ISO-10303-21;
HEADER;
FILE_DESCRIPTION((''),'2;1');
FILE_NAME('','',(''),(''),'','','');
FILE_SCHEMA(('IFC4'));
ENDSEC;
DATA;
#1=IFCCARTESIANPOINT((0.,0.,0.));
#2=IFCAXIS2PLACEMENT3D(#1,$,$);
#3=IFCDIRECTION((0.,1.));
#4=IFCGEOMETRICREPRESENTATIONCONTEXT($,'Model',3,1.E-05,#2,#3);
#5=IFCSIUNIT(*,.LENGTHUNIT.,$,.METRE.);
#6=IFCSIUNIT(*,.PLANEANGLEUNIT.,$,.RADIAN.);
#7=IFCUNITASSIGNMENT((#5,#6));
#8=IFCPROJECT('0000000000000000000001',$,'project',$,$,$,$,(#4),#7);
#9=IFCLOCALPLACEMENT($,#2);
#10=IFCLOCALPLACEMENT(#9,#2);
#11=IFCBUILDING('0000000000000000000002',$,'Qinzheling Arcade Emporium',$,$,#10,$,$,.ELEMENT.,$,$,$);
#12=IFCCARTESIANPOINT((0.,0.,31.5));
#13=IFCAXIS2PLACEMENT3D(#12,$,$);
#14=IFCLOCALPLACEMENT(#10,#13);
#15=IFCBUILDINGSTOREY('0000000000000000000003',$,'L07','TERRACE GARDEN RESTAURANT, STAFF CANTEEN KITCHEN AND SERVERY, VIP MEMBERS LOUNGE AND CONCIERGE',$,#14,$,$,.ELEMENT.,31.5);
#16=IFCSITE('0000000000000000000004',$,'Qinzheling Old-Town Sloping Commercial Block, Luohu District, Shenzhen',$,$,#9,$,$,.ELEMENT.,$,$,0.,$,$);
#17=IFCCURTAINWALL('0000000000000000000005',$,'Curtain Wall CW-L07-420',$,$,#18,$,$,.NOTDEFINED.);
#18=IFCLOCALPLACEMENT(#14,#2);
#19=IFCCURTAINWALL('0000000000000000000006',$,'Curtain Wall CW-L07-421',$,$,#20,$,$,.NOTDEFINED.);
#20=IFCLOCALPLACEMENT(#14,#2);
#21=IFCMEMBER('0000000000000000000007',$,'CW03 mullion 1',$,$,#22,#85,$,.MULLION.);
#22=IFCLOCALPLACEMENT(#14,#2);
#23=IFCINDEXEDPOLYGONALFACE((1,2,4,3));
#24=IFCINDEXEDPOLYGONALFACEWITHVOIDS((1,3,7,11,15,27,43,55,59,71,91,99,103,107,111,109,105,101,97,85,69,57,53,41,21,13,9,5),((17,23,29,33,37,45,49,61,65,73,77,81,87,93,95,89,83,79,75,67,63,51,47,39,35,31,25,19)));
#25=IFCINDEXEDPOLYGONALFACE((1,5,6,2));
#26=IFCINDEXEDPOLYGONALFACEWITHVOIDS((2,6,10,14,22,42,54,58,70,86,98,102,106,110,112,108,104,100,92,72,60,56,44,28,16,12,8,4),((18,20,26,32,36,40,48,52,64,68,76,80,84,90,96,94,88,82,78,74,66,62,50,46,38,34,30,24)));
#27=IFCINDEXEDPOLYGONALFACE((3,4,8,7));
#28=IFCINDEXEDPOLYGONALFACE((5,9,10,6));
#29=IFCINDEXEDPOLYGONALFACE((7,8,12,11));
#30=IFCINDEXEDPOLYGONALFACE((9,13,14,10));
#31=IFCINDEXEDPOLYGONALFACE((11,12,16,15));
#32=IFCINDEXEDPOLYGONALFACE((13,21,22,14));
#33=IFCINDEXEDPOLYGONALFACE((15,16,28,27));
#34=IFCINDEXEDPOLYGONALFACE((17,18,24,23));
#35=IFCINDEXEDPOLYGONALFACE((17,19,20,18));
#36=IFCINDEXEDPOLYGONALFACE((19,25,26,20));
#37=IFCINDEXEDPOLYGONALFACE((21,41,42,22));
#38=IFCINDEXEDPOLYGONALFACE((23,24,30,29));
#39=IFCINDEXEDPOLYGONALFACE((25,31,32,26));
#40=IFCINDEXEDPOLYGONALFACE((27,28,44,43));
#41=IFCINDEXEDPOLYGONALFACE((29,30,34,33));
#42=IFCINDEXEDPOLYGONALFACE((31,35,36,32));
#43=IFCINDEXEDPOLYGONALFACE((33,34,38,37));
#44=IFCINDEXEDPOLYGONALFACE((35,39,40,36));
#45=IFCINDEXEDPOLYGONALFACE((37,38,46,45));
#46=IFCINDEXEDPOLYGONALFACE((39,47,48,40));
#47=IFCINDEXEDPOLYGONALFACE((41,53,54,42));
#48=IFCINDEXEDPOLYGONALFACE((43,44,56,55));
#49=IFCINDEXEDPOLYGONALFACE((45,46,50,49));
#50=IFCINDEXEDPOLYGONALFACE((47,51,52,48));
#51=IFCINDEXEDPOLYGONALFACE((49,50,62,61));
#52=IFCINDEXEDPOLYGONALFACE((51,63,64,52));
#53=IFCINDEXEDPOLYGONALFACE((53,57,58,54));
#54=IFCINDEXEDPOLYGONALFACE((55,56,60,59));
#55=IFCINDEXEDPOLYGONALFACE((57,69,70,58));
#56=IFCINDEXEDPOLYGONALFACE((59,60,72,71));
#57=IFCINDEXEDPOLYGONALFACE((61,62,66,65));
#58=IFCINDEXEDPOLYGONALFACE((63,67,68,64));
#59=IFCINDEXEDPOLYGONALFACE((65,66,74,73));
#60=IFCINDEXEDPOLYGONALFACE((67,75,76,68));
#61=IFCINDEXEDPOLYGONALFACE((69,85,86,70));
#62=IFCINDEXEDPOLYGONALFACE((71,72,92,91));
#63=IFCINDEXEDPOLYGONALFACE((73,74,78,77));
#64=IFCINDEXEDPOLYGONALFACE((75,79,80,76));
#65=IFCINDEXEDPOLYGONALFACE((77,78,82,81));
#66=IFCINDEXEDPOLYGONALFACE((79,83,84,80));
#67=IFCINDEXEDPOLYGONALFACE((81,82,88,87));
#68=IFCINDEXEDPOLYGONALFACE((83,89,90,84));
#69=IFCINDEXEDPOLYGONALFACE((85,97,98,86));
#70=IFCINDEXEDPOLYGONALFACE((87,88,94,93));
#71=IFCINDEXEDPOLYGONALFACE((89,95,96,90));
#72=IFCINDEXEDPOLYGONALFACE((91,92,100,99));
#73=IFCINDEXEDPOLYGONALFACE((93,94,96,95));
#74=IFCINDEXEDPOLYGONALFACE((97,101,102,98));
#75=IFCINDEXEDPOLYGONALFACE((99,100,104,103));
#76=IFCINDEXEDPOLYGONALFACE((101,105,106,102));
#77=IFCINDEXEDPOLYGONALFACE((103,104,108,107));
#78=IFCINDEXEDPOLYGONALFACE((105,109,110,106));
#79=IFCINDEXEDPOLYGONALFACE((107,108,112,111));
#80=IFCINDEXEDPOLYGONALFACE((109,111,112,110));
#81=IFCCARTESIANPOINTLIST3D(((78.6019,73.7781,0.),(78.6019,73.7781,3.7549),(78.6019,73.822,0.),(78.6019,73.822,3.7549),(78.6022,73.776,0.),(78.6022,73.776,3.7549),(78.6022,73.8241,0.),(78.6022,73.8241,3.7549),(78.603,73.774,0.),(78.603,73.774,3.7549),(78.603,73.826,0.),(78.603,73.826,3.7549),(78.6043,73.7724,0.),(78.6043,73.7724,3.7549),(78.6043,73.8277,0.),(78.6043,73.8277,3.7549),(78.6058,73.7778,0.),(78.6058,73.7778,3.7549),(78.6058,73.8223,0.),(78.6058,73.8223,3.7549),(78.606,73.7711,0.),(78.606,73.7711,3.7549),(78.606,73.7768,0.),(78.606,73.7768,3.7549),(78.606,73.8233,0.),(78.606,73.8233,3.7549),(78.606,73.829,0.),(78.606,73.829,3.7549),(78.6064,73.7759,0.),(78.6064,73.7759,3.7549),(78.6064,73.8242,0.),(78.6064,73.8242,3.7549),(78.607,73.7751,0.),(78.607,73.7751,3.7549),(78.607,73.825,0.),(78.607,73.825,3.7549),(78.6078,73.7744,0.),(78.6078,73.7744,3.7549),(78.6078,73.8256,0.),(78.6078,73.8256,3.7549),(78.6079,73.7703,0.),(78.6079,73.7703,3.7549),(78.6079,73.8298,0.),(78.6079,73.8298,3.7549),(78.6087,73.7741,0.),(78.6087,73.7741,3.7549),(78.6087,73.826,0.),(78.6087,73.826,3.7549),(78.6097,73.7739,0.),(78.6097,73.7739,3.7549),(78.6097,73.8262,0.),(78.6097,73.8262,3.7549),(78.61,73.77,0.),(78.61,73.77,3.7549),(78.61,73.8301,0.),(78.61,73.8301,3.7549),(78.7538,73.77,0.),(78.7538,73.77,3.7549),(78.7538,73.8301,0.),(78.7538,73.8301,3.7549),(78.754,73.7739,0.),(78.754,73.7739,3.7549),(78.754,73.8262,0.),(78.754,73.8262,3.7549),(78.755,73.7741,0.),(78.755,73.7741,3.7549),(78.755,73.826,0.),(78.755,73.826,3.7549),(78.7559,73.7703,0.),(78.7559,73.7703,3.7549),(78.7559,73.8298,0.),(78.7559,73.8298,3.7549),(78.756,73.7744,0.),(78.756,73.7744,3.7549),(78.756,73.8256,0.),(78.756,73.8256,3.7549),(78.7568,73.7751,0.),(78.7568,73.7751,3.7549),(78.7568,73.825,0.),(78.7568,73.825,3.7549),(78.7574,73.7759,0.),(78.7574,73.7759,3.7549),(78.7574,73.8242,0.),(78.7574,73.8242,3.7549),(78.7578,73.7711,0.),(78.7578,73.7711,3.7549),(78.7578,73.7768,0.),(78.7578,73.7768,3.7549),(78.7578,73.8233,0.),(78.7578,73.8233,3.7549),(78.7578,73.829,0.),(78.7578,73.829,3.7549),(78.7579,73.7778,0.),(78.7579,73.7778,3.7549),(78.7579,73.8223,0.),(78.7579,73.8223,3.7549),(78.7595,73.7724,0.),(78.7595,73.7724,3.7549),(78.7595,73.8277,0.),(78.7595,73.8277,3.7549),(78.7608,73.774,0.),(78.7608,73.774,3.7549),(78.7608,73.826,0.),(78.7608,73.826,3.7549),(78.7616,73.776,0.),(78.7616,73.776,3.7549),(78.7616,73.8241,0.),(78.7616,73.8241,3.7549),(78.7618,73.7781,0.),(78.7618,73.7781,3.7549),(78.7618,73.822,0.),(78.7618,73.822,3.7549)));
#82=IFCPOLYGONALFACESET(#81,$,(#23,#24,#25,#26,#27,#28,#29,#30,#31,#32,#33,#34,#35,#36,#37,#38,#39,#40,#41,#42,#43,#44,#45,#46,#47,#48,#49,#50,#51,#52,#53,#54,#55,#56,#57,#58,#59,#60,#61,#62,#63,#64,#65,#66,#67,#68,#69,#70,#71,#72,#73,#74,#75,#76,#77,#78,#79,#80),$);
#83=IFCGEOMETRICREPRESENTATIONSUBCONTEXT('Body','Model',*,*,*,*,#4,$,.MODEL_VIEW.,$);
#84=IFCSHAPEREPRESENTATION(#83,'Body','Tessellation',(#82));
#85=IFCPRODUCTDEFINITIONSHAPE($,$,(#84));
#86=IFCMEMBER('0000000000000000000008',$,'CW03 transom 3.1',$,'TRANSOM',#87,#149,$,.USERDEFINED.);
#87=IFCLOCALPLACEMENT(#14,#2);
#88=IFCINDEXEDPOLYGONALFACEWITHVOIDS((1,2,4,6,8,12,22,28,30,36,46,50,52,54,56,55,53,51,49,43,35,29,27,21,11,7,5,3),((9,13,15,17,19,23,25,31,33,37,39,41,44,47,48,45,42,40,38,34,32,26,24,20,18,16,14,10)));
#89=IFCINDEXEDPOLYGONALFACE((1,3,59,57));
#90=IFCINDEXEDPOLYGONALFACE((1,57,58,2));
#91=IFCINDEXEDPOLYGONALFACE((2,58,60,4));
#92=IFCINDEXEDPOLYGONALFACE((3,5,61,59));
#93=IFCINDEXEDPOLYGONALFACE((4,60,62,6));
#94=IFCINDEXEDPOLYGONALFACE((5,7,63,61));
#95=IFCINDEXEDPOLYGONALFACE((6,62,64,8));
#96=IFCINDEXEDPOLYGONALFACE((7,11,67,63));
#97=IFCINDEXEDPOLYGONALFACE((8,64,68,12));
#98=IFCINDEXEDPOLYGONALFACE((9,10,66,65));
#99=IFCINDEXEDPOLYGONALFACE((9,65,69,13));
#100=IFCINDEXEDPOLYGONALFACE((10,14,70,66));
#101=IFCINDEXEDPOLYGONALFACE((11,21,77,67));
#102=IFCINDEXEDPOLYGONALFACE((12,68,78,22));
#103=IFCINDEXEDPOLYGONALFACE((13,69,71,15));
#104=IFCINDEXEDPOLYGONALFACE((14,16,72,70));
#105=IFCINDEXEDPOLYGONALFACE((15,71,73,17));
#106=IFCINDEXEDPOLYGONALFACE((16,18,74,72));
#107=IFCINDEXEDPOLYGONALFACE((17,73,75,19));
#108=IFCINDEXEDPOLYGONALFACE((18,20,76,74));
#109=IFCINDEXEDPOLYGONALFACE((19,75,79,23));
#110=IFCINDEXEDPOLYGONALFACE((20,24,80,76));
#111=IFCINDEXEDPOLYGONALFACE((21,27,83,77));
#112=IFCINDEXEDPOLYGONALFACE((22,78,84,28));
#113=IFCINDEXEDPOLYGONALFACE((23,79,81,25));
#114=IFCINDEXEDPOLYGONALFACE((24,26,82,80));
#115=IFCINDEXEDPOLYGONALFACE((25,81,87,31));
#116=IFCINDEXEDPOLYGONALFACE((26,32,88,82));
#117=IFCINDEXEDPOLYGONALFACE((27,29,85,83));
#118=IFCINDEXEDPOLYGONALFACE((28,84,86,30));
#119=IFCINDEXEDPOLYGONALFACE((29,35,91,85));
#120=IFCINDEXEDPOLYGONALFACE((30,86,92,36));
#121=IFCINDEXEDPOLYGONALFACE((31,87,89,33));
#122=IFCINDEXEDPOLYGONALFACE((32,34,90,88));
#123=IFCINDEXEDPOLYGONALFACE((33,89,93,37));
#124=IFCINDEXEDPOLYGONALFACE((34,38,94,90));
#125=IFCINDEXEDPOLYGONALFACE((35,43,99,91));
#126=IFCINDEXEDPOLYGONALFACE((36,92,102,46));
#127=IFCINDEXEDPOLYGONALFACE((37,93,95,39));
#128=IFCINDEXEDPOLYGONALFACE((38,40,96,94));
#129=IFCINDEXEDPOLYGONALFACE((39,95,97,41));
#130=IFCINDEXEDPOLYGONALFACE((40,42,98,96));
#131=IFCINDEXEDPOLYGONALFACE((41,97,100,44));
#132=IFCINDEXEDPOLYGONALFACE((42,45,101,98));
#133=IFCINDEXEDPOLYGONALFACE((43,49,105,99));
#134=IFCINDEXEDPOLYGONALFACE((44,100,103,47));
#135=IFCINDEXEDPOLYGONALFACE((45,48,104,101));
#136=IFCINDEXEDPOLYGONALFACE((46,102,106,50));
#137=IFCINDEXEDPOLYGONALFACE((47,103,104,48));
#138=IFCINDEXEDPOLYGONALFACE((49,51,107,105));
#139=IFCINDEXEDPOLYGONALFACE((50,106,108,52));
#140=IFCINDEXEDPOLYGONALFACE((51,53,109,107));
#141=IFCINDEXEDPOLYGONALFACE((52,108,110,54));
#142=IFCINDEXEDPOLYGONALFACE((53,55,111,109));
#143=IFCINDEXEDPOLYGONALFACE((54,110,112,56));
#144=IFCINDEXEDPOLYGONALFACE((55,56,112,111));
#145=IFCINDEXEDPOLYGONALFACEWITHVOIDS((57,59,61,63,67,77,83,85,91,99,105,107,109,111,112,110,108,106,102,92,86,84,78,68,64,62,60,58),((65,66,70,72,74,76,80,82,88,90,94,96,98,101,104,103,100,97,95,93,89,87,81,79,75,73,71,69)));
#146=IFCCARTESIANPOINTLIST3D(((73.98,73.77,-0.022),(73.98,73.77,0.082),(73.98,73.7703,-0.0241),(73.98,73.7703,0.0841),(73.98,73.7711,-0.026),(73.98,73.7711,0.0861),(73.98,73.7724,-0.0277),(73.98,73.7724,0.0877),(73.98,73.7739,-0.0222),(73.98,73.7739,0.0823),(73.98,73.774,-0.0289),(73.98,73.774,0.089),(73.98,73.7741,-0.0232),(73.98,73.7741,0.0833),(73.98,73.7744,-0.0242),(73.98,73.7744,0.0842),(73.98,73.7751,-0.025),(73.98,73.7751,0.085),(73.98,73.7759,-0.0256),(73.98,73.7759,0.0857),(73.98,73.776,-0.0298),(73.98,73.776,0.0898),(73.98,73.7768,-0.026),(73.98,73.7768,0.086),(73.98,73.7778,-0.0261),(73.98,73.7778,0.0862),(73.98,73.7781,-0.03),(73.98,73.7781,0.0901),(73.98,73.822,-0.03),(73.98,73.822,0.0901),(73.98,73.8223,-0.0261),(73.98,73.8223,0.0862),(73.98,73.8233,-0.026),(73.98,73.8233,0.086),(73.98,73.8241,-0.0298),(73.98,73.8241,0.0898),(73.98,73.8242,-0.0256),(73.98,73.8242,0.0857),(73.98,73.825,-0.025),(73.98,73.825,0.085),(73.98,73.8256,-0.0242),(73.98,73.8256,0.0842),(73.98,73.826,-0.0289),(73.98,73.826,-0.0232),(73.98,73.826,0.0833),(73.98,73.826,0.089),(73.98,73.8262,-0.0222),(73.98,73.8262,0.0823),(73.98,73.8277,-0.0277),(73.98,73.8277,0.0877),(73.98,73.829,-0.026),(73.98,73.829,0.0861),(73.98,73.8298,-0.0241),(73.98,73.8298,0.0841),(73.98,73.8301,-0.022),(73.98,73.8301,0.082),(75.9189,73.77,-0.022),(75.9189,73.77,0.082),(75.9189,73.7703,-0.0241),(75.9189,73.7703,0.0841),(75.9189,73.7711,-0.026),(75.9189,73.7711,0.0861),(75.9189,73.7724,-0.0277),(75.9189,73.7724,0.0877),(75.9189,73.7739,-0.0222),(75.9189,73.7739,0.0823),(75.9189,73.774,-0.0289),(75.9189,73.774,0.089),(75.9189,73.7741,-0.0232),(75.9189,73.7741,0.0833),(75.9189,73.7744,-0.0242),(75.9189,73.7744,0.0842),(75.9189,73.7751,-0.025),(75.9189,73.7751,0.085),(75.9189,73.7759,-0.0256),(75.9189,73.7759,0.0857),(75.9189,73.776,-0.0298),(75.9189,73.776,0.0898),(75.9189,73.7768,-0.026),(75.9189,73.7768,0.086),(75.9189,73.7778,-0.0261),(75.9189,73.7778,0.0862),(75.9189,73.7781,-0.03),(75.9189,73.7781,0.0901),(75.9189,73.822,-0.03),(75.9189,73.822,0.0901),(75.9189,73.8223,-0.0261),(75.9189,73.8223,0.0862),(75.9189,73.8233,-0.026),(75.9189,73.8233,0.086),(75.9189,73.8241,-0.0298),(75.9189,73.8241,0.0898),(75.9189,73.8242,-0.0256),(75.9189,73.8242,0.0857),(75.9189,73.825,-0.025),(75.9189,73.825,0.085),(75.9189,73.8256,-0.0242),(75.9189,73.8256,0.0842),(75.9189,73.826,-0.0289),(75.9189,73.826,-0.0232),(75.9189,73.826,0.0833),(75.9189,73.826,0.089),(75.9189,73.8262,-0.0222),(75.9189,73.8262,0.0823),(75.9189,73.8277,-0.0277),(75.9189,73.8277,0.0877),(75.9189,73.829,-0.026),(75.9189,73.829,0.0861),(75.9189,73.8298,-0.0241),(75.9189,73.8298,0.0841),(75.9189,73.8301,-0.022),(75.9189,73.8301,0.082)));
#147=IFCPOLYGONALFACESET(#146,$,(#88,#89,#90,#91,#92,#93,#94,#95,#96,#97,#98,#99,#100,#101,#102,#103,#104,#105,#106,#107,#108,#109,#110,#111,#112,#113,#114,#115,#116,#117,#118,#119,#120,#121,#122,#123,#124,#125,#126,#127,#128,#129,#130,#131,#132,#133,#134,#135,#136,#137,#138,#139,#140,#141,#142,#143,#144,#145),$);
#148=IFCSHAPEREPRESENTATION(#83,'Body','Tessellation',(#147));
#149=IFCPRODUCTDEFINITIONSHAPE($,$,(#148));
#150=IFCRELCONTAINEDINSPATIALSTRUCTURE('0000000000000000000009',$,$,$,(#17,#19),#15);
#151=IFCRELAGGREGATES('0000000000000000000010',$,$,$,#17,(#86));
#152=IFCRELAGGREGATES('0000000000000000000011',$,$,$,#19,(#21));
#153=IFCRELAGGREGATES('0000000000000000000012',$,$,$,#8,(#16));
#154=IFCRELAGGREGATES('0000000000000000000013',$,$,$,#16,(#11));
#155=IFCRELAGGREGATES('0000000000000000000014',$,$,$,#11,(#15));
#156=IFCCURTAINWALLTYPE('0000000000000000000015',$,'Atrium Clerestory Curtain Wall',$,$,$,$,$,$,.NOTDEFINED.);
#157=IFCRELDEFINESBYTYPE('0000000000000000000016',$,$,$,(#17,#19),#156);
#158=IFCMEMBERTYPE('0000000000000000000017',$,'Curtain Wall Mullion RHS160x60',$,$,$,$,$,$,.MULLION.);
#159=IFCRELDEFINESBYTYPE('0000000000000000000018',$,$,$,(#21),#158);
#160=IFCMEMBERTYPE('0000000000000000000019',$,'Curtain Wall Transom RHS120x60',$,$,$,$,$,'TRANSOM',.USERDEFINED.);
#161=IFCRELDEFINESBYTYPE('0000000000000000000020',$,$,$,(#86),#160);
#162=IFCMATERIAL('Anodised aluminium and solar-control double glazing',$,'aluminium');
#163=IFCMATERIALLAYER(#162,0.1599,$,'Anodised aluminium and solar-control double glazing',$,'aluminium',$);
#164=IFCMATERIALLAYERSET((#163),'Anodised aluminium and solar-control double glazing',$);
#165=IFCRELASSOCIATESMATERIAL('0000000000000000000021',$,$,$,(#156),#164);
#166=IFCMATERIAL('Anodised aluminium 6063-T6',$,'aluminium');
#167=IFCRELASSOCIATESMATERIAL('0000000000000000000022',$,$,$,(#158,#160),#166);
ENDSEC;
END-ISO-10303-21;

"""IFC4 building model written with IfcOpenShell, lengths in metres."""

from ifc_helpers import new_model, si_unit, direction, frame, origin, origin_2d, place, context, subcontext, project, spatial, hollow_rectangle, extrude, material, layer, layer_set, material_profile, profile_set, type_object, element, aggregate, save


model = new_model("IFC4")

# Units and contexts
model_context = context("Model", 3, precision=1e-05, world=origin(), true_north=direction((0.0, 1.0)))
body_context = subcontext(model_context, "Body", "Model", "MODEL_VIEW")
ifc_project = project(units=[si_unit("LENGTHUNIT", "METRE"), si_unit("PLANEANGLEUNIT", "RADIAN")], contexts=[model_context])

# Site, building, storey
site_placement = place(None, origin())
site = spatial("IfcSite", under=ifc_project, at=site_placement, Name="Qinzheling Old-Town Sloping Commercial Block, Luohu District, Shenzhen", CompositionType="ELEMENT", RefElevation=0.0)
building_placement = place(site_placement, origin())
building = spatial("IfcBuilding", under=site, at=building_placement, Name="Qinzheling Arcade Emporium", CompositionType="ELEMENT")
storey_placement = place(building_placement, frame((0.0, 0.0, 31.5)))
storey = spatial("IfcBuildingStorey", under=building, at=storey_placement, Name="L07", Description="TERRACE GARDEN RESTAURANT, STAFF CANTEEN KITCHEN AND SERVERY, VIP MEMBERS LOUNGE AND CONCIERGE", CompositionType="ELEMENT", Elevation=31.5)

# Curtain wall
ifc_material_1 = material(Name="Anodised aluminium and solar-control double glazing", Category="aluminium")
ifc_layer_1 = layer(ifc_material_1, 0.1599, Name="Anodised aluminium and solar-control double glazing", Category="aluminium")
ifc_layer_set_1 = layer_set([ifc_layer_1], Name="Anodised aluminium and solar-control double glazing")
curtain_wall_type = type_object("IfcCurtainWallType", Name="Atrium Clerestory Curtain Wall", PredefinedType="NOTDEFINED", material=ifc_layer_set_1)
curtain_wall_1_placement = place(storey_placement, origin())
curtain_wall_1 = element("IfcCurtainWall", 1, at=curtain_wall_1_placement, inside=storey, type_object=curtain_wall_type, Name="Curtain Wall CW-L07-420", PredefinedType="NOTDEFINED")
ifc_material_2 = material(Name="Anodised aluminium 6063-T6", Category="aluminium")
ifc_material_profile_1 = material_profile(ifc_material_2, hollow_rectangle(XDim=0.0601, YDim=0.1599, WallThickness=0.0039, InnerFilletRadius=0.0039, OuterFilletRadius=0.0081, at=origin_2d()), Name="RHS 160x60x4", Category="aluminium")
ifc_profile_set_1 = profile_set([ifc_material_profile_1], Name="Anodised aluminium 6063-T6")
member_type_1 = type_object("IfcMemberType", Name="Curtain Wall Mullion RHS160x60", PredefinedType="MULLION", material=ifc_profile_set_1)

# Curtain wall, member
curtain_wall_2_placement = place(storey_placement, origin())
curtain_wall_2 = element("IfcCurtainWall", 2, at=curtain_wall_2_placement, inside=storey, type_object=curtain_wall_type, Name="Curtain Wall CW-L07-421", PredefinedType="NOTDEFINED")
member_1_placement = place(storey_placement, frame((78.6819, 73.8, 0.0), z_axis=(0.0, 0.0, 1.0), x_axis=(0.0, 1.0, 0.0)))
member_1 = element("IfcMember", 3, at=member_1_placement, type_object=member_type_1, Name="CW03 mullion 1", PredefinedType="MULLION", context=body_context, shape_type="SweptSolid", body=[
    extrude(hollow_rectangle(XDim=0.0601, YDim=0.1599, WallThickness=0.0039, InnerFilletRadius=0.0039, OuterFilletRadius=0.0081, at=origin_2d()), origin(), (0.0, 0.0, 1.0), 3.7549),
])

# Member
ifc_material_profile_2 = material_profile(ifc_material_2, hollow_rectangle(XDim=0.0601, YDim=0.1201, WallThickness=0.0039, InnerFilletRadius=0.0039, OuterFilletRadius=0.0081, at=origin_2d()), Name="RHS 120x60x4", Category="aluminium")
ifc_profile_set_2 = profile_set([ifc_material_profile_2], Name="Anodised aluminium 6063-T6")
member_type_2 = type_object("IfcMemberType", Name="Curtain Wall Transom RHS120x60", ElementType="TRANSOM", PredefinedType="USERDEFINED", material=ifc_profile_set_2)
member_2_placement = place(storey_placement, frame((73.98, 73.8, 0.03), z_axis=(1.0, 0.0, 0.0), x_axis=(0.0, 1.0, 0.0)))
member_2 = element("IfcMember", 4, at=member_2_placement, type_object=member_type_2, Name="CW03 transom 3.1", ObjectType="TRANSOM", PredefinedType="USERDEFINED", context=body_context, shape_type="SweptSolid", body=[
    extrude(hollow_rectangle(XDim=0.0601, YDim=0.1201, WallThickness=0.0039, InnerFilletRadius=0.0039, OuterFilletRadius=0.0081, at=origin_2d()), origin(), (0.0, 0.0, 1.0), 1.939),
])

aggregate(curtain_wall_1, [member_2])
aggregate(curtain_wall_2, [member_1])

save(model, "model.ifc")
